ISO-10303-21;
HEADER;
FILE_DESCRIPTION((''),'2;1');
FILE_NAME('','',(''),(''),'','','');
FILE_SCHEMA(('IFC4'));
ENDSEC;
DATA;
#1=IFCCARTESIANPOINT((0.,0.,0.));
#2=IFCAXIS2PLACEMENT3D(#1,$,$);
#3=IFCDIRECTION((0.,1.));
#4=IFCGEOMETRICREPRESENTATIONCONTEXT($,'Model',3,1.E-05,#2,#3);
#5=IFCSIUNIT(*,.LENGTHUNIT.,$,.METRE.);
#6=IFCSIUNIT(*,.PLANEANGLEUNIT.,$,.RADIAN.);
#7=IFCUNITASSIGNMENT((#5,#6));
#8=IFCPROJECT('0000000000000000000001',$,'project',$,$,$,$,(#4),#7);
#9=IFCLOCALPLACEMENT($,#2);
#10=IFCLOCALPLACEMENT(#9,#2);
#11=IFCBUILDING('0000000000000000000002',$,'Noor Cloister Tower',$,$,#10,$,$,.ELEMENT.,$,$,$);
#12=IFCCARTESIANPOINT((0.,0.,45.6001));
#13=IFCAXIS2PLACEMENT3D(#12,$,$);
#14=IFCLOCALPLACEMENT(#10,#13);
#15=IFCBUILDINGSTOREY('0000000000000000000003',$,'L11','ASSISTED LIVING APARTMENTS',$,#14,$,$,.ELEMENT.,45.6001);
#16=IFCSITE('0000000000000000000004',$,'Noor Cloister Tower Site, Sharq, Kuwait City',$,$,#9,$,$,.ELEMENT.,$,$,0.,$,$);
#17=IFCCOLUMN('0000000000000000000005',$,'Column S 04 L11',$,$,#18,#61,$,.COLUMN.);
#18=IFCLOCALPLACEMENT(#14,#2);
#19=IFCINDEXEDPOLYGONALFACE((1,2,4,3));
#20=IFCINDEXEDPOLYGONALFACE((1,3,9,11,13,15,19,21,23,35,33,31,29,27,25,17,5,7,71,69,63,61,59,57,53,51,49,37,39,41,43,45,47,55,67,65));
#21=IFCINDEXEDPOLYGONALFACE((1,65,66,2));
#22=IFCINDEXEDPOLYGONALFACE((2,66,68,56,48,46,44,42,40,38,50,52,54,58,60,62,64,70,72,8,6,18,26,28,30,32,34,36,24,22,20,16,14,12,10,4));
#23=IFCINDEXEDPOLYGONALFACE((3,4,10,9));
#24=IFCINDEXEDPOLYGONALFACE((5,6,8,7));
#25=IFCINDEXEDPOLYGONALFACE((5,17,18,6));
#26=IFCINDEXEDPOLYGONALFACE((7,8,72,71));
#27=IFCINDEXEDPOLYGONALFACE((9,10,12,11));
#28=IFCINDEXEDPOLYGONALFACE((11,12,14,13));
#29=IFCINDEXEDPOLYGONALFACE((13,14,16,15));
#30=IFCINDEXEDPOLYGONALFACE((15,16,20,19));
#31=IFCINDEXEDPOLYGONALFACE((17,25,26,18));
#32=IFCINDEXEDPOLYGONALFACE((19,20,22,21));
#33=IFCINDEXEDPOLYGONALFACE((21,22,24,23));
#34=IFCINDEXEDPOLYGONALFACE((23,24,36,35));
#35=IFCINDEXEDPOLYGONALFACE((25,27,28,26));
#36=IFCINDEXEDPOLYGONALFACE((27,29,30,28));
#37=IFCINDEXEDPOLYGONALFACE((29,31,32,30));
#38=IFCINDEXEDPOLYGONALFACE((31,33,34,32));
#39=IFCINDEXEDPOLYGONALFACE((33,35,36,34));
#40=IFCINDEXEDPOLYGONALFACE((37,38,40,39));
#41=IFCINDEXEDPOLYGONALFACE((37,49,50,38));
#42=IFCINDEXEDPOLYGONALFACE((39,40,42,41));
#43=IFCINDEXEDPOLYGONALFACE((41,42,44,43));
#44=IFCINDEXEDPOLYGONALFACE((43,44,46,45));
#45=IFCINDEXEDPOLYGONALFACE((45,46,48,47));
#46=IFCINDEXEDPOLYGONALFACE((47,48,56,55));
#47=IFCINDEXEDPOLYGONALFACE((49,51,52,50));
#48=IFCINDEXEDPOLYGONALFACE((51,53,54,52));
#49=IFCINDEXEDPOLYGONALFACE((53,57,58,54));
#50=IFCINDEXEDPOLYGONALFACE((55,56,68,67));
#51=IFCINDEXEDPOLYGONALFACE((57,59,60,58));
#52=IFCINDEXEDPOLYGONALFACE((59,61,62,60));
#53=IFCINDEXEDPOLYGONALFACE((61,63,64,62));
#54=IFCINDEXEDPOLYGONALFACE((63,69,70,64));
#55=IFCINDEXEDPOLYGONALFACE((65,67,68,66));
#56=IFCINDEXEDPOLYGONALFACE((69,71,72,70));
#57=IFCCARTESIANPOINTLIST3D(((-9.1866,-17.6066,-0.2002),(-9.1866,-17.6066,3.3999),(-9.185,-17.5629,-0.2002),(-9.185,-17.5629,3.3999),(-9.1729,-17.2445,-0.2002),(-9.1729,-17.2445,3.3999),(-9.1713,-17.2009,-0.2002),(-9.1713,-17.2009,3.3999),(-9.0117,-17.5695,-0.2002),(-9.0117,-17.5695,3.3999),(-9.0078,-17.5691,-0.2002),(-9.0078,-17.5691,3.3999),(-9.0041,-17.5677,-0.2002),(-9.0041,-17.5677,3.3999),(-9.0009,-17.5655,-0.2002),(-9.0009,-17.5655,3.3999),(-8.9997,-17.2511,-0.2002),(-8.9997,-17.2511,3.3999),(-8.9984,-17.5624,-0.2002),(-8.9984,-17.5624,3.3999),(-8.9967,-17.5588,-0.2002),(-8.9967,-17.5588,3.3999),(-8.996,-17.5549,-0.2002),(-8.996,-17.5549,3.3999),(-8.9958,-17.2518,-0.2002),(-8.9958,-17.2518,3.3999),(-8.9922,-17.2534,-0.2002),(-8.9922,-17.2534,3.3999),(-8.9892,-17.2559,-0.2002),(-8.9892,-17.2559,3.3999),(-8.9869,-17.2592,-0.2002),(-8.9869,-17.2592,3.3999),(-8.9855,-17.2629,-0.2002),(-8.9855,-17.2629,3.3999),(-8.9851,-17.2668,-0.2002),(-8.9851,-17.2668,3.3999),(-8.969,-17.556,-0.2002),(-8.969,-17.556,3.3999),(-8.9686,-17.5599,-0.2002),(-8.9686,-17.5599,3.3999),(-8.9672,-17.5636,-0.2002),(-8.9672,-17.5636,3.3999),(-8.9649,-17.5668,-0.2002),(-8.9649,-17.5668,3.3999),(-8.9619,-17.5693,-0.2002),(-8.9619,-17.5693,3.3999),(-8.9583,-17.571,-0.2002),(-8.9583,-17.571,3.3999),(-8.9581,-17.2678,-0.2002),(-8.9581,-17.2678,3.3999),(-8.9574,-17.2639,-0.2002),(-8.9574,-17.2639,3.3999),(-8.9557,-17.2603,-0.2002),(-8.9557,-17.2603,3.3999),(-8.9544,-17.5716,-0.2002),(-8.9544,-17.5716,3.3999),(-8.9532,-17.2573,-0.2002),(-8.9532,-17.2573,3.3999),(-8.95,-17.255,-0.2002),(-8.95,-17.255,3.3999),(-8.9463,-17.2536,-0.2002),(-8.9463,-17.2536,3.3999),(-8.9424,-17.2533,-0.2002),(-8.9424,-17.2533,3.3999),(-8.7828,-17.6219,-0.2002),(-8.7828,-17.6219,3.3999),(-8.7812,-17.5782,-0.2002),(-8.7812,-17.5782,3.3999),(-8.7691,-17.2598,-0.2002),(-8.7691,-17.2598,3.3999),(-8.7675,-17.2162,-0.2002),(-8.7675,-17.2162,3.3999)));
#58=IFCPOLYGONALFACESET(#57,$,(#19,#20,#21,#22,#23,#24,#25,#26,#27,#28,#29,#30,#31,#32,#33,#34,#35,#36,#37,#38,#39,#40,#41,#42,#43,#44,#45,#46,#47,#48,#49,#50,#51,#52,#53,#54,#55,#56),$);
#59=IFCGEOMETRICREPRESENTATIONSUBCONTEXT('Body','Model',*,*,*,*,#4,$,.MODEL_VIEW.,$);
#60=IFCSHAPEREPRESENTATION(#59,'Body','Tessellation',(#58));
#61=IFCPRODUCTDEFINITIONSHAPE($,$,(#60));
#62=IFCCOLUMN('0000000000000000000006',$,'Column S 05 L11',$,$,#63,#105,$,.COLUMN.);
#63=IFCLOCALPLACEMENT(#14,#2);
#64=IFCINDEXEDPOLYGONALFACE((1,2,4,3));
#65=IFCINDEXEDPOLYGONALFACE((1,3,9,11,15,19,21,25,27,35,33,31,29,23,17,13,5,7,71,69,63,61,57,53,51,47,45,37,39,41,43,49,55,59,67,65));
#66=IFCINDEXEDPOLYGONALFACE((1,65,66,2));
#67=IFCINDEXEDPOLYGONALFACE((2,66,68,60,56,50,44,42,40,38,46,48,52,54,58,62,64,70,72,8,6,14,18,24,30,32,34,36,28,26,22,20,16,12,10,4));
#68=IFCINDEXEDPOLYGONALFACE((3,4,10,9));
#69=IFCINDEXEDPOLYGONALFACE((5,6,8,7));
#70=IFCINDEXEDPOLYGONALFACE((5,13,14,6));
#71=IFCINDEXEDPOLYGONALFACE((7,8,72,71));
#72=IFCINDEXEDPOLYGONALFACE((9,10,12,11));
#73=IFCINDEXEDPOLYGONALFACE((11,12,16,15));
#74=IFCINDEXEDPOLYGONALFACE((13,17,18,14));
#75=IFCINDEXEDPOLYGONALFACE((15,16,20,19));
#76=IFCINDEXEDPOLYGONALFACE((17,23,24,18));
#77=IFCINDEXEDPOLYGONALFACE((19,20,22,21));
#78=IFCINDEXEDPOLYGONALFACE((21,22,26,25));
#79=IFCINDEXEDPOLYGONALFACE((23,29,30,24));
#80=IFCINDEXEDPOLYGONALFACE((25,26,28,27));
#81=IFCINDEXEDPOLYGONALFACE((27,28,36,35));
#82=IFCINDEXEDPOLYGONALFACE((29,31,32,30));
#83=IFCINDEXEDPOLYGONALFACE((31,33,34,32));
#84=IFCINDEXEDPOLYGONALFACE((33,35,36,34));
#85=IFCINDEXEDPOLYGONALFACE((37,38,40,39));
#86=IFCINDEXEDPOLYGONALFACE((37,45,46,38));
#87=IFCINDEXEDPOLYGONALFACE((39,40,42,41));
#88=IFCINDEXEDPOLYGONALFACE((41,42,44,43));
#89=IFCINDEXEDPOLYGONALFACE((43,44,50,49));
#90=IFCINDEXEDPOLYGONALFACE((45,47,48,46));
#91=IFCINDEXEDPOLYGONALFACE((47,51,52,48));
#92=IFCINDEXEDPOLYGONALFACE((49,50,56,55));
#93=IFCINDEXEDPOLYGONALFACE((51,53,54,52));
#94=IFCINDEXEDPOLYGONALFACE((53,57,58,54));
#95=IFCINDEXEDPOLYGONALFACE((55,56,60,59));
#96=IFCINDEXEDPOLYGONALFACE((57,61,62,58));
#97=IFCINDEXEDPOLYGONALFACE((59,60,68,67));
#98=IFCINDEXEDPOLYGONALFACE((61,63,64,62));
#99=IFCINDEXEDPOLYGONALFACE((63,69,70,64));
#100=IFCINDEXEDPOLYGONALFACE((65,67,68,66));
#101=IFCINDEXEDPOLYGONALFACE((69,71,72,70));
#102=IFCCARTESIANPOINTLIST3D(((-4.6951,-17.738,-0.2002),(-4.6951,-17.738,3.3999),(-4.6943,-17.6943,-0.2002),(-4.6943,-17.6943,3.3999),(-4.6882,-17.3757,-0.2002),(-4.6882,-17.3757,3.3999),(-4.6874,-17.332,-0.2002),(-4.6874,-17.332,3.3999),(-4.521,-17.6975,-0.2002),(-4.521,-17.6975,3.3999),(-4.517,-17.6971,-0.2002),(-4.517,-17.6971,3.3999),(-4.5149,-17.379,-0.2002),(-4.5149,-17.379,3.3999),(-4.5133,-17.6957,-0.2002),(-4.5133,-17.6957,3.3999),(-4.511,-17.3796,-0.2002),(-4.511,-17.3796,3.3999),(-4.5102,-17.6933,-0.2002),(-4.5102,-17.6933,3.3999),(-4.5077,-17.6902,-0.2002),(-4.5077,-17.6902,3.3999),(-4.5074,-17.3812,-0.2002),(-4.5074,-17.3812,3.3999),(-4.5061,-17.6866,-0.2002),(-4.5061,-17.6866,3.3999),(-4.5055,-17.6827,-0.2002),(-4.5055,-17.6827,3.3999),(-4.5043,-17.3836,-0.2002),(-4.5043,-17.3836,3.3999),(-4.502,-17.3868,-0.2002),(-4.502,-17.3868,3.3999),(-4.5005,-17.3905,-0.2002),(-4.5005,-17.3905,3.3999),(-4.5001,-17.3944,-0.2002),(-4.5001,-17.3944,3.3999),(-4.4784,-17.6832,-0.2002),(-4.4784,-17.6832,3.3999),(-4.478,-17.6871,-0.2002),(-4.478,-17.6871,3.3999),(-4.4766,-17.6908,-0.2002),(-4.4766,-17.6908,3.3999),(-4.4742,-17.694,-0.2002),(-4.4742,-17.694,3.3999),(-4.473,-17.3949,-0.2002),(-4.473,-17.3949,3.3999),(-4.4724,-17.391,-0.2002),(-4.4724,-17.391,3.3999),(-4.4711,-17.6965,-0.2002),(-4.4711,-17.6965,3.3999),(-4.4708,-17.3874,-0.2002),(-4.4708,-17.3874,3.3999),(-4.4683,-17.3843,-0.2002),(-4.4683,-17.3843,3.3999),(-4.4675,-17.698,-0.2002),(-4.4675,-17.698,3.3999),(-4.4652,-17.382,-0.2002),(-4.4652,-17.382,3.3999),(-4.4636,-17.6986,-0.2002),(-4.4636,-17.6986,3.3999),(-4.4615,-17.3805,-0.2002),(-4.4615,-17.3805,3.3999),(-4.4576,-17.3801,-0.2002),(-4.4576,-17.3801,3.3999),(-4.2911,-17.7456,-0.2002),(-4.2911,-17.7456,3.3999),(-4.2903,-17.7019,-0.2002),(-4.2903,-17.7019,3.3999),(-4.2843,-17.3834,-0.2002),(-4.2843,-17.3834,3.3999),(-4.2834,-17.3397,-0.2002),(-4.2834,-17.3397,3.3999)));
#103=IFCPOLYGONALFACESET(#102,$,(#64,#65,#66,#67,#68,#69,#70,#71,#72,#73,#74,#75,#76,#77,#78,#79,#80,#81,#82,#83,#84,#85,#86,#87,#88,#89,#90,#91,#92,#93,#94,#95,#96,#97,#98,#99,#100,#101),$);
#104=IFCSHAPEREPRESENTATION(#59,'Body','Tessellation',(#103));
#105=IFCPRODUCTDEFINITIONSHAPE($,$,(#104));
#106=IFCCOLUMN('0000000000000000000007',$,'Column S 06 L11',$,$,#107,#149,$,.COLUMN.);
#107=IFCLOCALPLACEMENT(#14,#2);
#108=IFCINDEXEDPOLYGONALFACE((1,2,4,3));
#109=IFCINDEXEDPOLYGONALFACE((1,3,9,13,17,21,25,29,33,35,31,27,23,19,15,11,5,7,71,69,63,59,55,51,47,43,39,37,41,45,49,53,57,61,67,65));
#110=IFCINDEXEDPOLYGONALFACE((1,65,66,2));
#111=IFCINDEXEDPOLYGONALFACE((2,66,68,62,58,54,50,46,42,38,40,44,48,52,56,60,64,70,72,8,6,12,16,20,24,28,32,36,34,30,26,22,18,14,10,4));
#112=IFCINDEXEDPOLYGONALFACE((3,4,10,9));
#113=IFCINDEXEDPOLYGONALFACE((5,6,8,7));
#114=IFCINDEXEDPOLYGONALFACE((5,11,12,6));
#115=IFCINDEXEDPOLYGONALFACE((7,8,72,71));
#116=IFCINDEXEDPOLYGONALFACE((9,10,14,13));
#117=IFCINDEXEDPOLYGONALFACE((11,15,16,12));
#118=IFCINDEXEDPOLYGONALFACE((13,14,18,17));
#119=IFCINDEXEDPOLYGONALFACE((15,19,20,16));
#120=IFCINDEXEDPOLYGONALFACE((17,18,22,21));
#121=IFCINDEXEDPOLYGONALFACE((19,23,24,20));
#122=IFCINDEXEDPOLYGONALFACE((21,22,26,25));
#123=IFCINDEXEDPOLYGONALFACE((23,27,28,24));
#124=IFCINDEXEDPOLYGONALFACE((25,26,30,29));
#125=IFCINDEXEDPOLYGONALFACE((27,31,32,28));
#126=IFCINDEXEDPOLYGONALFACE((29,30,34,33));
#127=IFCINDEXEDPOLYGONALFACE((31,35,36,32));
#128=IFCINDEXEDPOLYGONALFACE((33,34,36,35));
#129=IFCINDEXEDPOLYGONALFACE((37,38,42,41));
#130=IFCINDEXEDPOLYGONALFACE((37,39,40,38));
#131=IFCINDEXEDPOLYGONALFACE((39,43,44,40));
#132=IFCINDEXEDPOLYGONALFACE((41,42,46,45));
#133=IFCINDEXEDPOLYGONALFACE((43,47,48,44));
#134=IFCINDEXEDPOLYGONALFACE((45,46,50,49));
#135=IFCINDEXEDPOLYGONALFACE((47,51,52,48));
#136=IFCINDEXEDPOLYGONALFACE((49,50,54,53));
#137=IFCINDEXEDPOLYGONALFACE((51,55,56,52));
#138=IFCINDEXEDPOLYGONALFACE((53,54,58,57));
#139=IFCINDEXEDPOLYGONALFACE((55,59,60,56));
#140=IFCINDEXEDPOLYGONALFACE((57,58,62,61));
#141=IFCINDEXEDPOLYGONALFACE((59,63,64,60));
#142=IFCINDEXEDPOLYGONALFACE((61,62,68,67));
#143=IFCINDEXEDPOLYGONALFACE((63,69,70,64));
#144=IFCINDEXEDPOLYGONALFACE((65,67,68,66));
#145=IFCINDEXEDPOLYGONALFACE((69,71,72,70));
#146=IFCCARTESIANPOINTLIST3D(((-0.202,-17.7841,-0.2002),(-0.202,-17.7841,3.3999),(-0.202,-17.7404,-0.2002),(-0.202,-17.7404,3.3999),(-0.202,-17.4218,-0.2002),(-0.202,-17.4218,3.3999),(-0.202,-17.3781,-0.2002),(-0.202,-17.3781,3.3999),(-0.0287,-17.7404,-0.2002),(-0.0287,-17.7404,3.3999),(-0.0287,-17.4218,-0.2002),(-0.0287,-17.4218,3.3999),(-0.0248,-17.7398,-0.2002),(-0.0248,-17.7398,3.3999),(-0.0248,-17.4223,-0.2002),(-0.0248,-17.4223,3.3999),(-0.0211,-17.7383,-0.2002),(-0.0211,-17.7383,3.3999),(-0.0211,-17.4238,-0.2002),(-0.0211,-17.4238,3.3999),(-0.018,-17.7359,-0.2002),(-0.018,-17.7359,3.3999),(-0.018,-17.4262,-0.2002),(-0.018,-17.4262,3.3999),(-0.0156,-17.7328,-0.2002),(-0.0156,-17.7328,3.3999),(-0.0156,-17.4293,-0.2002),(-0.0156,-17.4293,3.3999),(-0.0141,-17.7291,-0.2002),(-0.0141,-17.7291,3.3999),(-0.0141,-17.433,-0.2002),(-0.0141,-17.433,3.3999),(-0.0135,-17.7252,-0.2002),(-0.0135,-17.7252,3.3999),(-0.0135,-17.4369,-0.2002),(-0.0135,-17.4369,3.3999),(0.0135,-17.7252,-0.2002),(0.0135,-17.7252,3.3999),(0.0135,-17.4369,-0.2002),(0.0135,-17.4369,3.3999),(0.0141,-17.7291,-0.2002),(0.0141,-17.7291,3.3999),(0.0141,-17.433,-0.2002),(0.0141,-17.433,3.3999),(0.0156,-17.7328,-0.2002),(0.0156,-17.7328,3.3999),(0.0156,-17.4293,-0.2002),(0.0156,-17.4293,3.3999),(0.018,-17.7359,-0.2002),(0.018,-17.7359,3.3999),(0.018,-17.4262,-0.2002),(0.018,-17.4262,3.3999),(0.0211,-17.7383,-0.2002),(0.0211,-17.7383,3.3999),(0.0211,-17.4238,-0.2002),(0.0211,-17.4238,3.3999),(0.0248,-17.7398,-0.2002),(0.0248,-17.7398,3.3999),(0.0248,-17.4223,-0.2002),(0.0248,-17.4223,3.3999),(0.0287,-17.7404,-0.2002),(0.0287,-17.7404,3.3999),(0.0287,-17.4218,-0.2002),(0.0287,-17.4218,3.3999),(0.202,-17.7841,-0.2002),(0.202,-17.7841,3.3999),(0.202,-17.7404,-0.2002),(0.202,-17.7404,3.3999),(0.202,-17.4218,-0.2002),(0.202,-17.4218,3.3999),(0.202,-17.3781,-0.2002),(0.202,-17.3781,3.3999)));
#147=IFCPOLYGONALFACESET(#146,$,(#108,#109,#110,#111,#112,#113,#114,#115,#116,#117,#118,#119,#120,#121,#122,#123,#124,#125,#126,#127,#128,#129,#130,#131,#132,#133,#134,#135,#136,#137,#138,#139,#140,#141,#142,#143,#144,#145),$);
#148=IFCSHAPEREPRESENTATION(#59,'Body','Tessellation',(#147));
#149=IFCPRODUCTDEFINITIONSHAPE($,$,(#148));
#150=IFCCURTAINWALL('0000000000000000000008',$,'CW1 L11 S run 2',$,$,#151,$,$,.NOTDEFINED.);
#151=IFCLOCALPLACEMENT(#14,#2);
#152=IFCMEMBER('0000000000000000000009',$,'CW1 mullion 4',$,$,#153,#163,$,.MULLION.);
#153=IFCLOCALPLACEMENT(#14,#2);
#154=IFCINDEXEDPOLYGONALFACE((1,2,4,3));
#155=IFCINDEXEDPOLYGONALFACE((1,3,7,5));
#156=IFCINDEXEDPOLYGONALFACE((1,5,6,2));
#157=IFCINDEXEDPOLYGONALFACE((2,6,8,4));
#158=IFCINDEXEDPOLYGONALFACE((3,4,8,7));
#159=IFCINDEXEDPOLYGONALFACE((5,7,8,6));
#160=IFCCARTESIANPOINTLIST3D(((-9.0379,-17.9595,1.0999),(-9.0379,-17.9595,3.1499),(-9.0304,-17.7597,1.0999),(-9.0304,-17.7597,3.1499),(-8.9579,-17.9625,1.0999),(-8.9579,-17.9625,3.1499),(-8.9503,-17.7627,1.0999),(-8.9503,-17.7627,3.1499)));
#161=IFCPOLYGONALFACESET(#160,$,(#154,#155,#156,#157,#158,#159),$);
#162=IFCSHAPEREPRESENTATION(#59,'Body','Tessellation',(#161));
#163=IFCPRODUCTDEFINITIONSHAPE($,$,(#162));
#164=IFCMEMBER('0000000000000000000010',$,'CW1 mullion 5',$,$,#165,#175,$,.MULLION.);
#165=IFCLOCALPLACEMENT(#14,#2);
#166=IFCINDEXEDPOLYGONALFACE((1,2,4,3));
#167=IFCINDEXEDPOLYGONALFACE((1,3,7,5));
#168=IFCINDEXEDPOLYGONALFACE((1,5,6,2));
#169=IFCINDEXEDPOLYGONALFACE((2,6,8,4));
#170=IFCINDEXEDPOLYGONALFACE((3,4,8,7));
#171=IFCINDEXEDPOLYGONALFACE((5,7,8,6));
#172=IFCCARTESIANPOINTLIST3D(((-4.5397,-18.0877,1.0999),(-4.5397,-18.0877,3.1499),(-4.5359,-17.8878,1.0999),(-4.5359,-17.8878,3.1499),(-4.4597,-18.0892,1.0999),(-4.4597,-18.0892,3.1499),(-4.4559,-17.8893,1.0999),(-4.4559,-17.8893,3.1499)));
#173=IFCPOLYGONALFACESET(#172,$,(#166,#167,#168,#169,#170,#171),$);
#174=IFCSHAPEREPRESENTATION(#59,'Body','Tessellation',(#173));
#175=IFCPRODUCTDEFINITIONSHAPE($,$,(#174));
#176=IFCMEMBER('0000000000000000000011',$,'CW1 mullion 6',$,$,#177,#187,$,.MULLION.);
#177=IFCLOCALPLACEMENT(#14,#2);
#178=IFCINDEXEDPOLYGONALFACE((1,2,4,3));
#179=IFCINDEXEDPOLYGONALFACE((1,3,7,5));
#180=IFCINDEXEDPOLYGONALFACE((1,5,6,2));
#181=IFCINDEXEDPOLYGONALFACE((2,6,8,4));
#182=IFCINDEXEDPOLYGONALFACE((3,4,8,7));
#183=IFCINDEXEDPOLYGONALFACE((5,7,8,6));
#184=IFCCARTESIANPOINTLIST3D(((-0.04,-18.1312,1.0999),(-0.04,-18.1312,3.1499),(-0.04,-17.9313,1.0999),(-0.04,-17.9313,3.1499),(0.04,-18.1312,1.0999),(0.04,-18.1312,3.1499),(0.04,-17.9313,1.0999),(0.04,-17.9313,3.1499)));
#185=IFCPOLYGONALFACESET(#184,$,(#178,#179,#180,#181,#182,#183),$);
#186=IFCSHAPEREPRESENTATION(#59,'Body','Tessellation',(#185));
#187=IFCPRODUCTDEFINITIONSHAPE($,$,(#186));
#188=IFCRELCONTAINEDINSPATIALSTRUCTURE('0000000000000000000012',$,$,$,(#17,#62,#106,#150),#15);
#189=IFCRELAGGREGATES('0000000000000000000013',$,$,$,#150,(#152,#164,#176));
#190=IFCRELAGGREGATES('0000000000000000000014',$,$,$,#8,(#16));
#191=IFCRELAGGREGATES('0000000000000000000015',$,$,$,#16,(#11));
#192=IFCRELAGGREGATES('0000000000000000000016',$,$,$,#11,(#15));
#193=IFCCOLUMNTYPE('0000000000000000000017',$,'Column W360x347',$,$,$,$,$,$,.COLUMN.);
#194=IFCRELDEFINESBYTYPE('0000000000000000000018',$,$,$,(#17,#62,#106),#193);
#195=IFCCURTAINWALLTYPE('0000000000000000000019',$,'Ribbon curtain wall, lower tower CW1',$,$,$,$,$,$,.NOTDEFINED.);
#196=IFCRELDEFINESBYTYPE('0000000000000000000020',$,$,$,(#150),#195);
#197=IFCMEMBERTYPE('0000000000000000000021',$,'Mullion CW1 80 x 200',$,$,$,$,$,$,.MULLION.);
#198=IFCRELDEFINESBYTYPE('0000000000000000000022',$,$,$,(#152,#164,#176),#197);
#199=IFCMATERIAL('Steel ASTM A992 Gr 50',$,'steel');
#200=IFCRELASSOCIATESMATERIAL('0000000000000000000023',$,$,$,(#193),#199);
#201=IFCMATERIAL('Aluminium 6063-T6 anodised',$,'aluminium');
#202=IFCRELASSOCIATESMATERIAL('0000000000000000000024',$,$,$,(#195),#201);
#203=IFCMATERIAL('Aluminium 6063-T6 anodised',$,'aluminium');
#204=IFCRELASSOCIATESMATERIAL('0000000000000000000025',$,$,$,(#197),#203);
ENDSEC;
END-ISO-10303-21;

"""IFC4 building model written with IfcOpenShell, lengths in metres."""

from ifc_helpers import new_model, si_unit, direction, frame, origin, origin_2d, place, context, subcontext, project, spatial, rectangle, i_section, extrude, material, material_profile, profile_set, type_object, element, aggregate, save


model = new_model("IFC4")

# Units and contexts
model_context = context("Model", 3, precision=1e-05, world=origin(), true_north=direction((0.0, 1.0)))
body_context = subcontext(model_context, "Body", "Model", "MODEL_VIEW")
ifc_project = project(units=[si_unit("LENGTHUNIT", "METRE"), si_unit("PLANEANGLEUNIT", "RADIAN")], contexts=[model_context])

# Site, building, storey
site_placement = place(None, origin())
site = spatial("IfcSite", under=ifc_project, at=site_placement, Name="Noor Cloister Tower Site, Sharq, Kuwait City", CompositionType="ELEMENT", RefElevation=0.0)
building_placement = place(site_placement, origin())
building = spatial("IfcBuilding", under=site, at=building_placement, Name="Noor Cloister Tower", CompositionType="ELEMENT")
storey_placement = place(building_placement, frame((0.0, 0.0, 45.6001)))
storey = spatial("IfcBuildingStorey", under=building, at=storey_placement, Name="L11", Description="ASSISTED LIVING APARTMENTS", CompositionType="ELEMENT", Elevation=45.6001)

# Columns
ifc_material_1 = material(Name="Steel ASTM A992 Gr 50", Category="steel")
ifc_material_profile_1 = material_profile(ifc_material_1, i_section(OverallWidth=0.4041, OverallDepth=0.406, WebThickness=0.0271, FlangeThickness=0.0437, FilletRadius=0.0151, at=origin_2d()), Name="W360x347")
ifc_profile_set_1 = profile_set([ifc_material_profile_1], Name="Steel ASTM A992 Gr 50")
column_type = type_object("IfcColumnType", Name="Column W360x347", PredefinedType="COLUMN", material=ifc_profile_set_1)
for number, where, z_axis, x_axis, name in (
    (1, (-8.9771, -17.4114, -0.2002), (0.0, 0.0, 1.0), (0.999284, -0.037823, 0.0), "Column S 04 L11"),
    (2, (-4.4893, -17.5388, -0.2002), (0.0, 0.0, 1.0), (0.999821, -0.018915, 0.0), "Column S 05 L11"),
    (3, (0.0, -17.5811, -0.2002), (0.0, 0.0, 1.0), (1.0, 0.0, 0.0), "Column S 06 L11"),
):
    element("IfcColumn", number, at=place(storey_placement, frame(where, z_axis=z_axis, x_axis=x_axis)), inside=storey, type_object=column_type, Name=name, PredefinedType="COLUMN", context=body_context, shape_type="SweptSolid", body=[
        extrude(i_section(OverallWidth=0.4041, OverallDepth=0.406, WebThickness=0.0271, FlangeThickness=0.0437, FilletRadius=0.0151, at=origin_2d()), origin(), (0.0, 0.0, 1.0), 3.6001),
    ])

# Curtain wall, members
ifc_material_2 = material(Name="Aluminium 6063-T6 anodised", Category="aluminium")
curtain_wall_type = type_object("IfcCurtainWallType", Name="Ribbon curtain wall, lower tower CW1", PredefinedType="NOTDEFINED", material=ifc_material_2)
curtain_wall_placement = place(storey_placement, origin())
curtain_wall = element("IfcCurtainWall", 4, at=curtain_wall_placement, inside=storey, type_object=curtain_wall_type, Name="CW1 L11 S run 2", PredefinedType="NOTDEFINED")
ifc_material_3 = material(Name="Aluminium 6063-T6 anodised", Category="aluminium")
ifc_material_profile_2 = material_profile(ifc_material_3, rectangle(XDim=0.2, YDim=0.0801, at=origin_2d()), Name="200 x 80 mullion")
ifc_profile_set_2 = profile_set([ifc_material_profile_2], Name="Aluminium 6063-T6 anodised")
member_type = type_object("IfcMemberType", Name="Mullion CW1 80 x 200", PredefinedType="MULLION", material=ifc_profile_set_2)
member_1_placement = place(storey_placement, frame((-8.9941, -17.8611, 1.0999), z_axis=(0.0, 0.0, 1.0), x_axis=(0.037823, 0.999284, 0.0)))
member_1 = element("IfcMember", 5, at=member_1_placement, type_object=member_type, Name="CW1 mullion 4", PredefinedType="MULLION", context=body_context, shape_type="SweptSolid", body=[
    extrude(rectangle(XDim=0.2, YDim=0.0801, at=origin_2d()), origin(), (0.0, 0.0, 1.0), 2.05),
])
member_2_placement = place(storey_placement, frame((-4.4978, -17.9885, 1.0999), z_axis=(0.0, 0.0, 1.0), x_axis=(0.018915, 0.999821, 0.0)))
member_2 = element("IfcMember", 6, at=member_2_placement, type_object=member_type, Name="CW1 mullion 5", PredefinedType="MULLION", context=body_context, shape_type="SweptSolid", body=[
    extrude(rectangle(XDim=0.2, YDim=0.0801, at=origin_2d()), origin(), (0.0, 0.0, 1.0), 2.05),
])
member_3_placement = place(storey_placement, frame((0.0, -18.0312, 1.0999), z_axis=(0.0, 0.0, 1.0), x_axis=(0.0, 1.0, 0.0)))
member_3 = element("IfcMember", 7, at=member_3_placement, type_object=member_type, Name="CW1 mullion 6", PredefinedType="MULLION", context=body_context, shape_type="SweptSolid", body=[
    extrude(rectangle(XDim=0.2, YDim=0.0801, at=origin_2d()), origin(), (0.0, 0.0, 1.0), 2.05),
])

aggregate(curtain_wall, [member_1, member_2, member_3])

save(model, "model.ifc")
